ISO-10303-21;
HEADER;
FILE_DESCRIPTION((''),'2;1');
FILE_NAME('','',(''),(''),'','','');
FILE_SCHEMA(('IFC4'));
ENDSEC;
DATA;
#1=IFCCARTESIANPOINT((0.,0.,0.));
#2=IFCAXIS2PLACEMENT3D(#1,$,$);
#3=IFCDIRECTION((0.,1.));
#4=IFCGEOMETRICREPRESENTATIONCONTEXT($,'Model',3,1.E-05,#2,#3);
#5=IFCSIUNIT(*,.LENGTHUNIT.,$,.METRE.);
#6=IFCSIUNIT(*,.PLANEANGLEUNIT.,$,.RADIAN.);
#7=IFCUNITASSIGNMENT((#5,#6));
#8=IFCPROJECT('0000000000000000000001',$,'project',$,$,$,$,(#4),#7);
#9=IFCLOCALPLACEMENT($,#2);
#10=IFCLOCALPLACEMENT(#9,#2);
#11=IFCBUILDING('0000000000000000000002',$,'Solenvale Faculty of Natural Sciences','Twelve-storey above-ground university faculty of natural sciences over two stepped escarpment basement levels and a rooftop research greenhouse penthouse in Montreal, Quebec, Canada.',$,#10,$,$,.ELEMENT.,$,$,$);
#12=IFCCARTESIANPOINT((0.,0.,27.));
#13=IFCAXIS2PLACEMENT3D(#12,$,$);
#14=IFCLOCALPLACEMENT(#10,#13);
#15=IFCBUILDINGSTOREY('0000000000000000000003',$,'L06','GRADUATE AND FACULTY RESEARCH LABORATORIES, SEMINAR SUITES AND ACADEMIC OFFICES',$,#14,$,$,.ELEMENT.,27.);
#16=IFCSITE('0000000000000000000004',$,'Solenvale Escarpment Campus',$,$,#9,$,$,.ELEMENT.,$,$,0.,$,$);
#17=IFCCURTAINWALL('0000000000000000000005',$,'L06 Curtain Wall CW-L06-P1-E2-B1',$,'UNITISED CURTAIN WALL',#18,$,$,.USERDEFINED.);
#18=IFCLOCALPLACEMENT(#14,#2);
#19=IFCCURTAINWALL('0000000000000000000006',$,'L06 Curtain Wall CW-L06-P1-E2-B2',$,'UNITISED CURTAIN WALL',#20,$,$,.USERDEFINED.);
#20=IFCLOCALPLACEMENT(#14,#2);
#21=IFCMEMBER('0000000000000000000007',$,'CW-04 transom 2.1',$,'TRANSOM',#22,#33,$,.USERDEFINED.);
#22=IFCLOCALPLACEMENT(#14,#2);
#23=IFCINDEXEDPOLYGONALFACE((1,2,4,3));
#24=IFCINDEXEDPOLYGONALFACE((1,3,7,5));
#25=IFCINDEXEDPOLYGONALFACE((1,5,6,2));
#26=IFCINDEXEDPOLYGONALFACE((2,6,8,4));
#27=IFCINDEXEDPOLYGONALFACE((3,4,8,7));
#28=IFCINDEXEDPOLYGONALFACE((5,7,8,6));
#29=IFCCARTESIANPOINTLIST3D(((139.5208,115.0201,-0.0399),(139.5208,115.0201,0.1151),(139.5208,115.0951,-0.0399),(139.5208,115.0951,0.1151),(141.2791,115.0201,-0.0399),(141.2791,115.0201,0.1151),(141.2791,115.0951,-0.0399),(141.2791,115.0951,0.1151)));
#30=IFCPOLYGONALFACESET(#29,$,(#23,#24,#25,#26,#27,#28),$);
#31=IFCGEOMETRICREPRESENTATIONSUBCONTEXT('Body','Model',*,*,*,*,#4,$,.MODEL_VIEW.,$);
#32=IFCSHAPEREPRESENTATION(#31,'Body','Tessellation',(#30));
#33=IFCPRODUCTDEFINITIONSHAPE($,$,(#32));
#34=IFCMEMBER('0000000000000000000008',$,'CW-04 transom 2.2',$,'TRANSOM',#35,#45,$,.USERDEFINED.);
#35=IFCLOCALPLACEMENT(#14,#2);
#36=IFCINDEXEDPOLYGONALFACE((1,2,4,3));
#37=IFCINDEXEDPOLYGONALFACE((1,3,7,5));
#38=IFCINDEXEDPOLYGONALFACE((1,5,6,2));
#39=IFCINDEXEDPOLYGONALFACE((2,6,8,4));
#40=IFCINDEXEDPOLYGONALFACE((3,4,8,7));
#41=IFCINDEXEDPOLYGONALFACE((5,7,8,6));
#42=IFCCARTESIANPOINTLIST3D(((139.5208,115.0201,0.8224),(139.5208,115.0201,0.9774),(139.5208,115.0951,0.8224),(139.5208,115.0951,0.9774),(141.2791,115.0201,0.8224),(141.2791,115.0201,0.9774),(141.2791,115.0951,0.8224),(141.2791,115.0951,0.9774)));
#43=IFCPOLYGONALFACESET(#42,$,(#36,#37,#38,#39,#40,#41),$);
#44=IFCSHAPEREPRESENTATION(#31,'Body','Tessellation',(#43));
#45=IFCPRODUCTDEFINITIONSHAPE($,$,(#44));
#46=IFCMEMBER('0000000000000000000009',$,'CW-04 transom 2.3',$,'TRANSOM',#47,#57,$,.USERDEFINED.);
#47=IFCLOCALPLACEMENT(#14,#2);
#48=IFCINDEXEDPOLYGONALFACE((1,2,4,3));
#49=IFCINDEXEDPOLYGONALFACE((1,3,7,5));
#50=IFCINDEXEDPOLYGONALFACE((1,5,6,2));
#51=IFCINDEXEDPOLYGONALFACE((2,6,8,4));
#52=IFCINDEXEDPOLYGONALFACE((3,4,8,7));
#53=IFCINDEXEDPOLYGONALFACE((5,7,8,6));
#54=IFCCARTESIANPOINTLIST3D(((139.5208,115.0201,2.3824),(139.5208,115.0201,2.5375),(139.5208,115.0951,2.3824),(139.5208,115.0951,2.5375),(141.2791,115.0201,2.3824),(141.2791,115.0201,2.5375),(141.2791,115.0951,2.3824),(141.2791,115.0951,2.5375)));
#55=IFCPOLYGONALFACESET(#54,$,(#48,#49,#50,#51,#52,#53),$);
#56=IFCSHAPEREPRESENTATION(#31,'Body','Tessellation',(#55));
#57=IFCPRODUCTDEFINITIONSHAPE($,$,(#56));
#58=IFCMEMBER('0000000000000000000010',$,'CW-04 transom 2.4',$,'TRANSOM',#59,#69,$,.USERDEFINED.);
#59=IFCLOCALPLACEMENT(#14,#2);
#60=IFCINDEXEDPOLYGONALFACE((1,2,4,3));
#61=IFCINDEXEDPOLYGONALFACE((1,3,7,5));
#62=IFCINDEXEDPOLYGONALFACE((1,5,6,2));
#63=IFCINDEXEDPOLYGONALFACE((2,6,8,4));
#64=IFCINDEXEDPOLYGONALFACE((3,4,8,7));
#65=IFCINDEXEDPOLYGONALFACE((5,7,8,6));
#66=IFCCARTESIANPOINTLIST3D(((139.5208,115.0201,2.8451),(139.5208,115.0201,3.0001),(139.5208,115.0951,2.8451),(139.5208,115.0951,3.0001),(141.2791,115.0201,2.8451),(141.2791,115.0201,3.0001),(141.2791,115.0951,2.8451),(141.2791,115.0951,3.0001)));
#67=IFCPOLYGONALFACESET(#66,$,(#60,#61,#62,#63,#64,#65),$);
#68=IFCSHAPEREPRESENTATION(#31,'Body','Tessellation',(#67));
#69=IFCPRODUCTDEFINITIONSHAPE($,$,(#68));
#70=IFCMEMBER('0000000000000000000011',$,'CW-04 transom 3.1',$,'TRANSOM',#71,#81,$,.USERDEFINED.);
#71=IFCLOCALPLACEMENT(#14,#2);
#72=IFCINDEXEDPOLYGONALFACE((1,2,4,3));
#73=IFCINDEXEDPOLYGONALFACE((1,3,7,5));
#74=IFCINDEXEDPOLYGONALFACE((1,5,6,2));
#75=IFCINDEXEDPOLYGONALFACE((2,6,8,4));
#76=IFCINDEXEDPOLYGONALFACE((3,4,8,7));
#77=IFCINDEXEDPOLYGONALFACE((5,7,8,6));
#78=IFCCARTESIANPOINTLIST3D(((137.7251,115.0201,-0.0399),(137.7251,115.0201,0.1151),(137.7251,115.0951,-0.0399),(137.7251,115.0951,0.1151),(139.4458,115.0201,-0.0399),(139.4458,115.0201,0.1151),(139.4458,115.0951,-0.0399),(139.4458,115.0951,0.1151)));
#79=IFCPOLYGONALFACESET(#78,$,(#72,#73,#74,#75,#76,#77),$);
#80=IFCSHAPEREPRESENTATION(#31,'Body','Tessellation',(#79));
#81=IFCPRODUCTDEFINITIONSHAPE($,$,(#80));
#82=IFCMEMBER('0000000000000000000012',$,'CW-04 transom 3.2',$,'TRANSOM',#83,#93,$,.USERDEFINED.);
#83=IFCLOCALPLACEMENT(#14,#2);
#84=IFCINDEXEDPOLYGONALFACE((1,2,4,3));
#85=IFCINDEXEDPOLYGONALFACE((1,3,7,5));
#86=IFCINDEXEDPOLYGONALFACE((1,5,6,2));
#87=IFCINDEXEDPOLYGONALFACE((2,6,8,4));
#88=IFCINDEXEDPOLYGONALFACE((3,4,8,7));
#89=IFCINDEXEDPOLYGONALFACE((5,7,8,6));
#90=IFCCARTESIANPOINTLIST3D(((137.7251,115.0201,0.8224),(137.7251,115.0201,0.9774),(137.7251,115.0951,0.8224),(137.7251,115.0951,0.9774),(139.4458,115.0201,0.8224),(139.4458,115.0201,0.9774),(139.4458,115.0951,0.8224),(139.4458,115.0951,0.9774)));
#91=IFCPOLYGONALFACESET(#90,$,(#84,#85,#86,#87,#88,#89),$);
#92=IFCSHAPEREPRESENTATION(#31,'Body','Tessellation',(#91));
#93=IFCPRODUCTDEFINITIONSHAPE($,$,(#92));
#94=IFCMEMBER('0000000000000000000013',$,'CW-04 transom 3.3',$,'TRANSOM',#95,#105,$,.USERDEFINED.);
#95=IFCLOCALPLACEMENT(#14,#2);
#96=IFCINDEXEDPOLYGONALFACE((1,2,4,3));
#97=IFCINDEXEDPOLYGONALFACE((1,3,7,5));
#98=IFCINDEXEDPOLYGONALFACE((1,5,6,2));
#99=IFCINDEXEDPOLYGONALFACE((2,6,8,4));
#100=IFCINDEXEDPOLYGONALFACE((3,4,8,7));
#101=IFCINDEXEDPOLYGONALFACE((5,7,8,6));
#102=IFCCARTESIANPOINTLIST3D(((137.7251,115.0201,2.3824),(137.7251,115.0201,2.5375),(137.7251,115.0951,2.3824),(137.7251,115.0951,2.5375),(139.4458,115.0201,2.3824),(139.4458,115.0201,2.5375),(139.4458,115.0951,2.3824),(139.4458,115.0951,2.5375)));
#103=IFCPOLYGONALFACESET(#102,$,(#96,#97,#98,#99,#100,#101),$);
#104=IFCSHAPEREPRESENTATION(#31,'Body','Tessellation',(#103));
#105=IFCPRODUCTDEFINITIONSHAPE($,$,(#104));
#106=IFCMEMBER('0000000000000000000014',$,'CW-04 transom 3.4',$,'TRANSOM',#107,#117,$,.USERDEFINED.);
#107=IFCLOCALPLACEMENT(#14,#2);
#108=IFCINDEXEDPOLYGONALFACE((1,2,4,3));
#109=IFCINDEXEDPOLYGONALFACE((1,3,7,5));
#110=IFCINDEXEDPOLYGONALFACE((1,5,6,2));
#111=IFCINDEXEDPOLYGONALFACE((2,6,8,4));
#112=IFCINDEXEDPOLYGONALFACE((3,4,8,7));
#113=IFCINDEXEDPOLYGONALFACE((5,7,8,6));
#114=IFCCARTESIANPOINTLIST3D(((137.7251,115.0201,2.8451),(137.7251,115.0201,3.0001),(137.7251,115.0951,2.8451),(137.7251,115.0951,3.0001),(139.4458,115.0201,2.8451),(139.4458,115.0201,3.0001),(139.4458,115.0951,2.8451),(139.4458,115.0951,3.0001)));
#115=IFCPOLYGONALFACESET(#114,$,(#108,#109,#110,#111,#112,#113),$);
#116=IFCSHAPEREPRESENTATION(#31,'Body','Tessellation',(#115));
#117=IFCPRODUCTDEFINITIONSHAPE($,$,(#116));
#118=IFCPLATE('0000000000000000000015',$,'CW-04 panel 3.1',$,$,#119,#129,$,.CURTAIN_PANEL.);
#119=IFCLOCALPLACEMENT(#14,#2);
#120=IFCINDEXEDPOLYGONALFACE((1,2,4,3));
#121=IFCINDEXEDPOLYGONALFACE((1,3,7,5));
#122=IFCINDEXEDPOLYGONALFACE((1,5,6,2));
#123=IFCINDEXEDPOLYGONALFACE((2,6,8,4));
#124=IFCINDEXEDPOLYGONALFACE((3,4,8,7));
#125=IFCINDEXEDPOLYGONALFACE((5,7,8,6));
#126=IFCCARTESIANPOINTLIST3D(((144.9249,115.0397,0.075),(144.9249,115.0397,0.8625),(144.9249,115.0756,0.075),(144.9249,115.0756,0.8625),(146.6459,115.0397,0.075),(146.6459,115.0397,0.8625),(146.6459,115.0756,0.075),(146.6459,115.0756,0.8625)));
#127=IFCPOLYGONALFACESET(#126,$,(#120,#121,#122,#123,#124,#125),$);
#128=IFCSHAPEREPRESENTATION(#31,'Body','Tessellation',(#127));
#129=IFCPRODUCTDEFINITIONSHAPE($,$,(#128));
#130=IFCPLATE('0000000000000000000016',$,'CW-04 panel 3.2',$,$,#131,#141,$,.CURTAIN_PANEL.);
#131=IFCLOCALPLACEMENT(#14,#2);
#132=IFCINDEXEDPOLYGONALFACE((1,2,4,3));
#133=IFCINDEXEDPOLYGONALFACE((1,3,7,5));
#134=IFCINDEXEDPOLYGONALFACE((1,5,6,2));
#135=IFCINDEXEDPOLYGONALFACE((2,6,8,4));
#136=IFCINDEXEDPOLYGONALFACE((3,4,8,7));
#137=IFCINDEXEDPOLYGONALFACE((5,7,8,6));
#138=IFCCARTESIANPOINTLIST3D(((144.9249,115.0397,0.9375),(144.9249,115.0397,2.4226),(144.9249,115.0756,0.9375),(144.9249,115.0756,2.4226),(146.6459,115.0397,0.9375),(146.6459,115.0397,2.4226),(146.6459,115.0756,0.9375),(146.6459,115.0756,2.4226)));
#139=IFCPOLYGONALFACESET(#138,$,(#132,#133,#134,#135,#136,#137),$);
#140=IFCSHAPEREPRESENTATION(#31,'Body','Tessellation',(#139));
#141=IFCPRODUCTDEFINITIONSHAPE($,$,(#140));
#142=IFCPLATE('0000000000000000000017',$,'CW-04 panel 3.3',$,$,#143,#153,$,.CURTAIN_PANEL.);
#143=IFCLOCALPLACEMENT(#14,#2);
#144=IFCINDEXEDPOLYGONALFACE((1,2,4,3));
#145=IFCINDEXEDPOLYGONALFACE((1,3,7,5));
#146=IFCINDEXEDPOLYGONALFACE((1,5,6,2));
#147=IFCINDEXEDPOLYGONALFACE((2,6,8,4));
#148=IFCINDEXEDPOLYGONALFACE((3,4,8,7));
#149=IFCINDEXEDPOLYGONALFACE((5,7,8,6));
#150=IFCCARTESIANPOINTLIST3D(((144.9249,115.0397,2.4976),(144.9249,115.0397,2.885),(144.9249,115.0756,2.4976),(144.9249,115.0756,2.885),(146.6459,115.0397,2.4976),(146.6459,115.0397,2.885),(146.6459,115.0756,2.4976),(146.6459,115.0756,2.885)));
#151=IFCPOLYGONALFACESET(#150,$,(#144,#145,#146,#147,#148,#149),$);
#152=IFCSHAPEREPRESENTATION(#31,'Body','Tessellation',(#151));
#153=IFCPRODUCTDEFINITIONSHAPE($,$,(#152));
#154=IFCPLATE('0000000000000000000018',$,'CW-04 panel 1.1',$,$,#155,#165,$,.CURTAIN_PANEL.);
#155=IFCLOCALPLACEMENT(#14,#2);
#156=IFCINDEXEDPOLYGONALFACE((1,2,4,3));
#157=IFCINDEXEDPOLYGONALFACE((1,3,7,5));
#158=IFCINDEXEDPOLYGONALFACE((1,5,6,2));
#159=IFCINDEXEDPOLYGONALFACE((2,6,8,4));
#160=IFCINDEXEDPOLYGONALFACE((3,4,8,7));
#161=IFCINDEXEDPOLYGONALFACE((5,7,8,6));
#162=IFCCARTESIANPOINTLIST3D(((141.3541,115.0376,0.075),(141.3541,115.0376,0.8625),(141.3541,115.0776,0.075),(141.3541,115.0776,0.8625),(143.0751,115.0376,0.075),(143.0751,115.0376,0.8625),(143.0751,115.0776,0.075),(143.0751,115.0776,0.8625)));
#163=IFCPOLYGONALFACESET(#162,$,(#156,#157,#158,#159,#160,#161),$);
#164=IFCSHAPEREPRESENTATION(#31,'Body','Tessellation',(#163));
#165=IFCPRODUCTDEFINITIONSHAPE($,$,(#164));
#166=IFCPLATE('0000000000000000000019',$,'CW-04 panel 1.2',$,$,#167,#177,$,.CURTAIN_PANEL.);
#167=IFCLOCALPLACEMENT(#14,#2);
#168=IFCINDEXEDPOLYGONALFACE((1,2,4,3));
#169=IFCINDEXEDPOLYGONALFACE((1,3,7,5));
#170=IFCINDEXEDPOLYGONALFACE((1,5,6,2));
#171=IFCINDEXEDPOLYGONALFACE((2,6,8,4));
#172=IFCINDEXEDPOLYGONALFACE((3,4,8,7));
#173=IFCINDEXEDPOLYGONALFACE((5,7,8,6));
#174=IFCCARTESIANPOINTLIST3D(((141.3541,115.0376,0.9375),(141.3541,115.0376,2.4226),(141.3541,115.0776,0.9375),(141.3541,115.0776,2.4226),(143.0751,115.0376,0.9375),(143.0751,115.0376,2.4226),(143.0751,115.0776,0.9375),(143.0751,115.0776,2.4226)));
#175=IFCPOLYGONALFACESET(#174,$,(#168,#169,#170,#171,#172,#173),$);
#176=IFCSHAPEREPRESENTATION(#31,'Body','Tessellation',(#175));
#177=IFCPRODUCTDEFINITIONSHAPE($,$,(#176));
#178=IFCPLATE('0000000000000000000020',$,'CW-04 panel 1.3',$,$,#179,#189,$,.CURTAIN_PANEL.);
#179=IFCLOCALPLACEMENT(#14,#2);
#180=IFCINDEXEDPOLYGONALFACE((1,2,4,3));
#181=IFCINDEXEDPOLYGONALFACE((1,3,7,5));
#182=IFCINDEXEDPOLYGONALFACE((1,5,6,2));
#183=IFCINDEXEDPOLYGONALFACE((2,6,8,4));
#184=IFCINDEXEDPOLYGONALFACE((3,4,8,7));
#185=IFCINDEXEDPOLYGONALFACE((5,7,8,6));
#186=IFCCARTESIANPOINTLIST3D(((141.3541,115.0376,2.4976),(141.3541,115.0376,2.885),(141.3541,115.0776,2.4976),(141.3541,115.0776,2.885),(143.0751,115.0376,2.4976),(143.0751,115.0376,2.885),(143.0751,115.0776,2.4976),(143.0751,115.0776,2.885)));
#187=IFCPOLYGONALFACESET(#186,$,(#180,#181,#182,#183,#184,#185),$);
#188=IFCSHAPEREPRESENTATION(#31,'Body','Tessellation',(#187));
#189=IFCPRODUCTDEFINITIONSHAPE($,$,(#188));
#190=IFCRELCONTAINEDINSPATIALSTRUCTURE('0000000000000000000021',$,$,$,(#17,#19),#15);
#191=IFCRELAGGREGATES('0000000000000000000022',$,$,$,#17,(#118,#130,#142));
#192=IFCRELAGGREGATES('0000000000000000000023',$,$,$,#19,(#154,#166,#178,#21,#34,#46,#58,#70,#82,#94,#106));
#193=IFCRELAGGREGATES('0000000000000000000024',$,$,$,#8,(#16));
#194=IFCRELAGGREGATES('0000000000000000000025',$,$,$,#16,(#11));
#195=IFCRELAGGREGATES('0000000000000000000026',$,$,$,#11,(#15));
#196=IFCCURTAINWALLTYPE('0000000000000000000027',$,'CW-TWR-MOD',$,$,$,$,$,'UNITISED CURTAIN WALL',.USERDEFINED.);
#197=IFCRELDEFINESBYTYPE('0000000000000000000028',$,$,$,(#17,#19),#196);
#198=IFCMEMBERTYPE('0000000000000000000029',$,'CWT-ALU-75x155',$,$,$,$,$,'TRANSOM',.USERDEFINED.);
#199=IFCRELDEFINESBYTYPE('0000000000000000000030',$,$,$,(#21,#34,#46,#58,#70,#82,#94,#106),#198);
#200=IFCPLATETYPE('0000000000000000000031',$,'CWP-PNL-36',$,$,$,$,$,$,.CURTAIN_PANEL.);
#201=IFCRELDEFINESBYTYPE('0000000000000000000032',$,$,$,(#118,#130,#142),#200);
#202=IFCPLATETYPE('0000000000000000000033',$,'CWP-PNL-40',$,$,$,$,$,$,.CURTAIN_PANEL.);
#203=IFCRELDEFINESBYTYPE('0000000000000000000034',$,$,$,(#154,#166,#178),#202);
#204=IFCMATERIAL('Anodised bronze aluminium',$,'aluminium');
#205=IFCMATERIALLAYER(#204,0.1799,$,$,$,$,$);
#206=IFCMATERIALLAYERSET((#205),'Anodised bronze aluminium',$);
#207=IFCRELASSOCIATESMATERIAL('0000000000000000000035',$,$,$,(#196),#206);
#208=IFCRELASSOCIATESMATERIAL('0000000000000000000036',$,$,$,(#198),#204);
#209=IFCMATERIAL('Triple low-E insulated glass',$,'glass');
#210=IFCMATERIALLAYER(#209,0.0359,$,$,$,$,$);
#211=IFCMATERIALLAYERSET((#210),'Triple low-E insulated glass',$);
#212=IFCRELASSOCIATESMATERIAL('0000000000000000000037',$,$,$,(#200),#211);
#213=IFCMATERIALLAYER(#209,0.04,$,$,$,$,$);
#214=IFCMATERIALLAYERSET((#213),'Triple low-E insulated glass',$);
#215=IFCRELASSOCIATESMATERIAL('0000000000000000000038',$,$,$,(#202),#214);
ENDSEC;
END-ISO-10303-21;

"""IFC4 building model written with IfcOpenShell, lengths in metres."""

from ifc_helpers import new_model, si_unit, direction, frame, origin, origin_2d, place, context, subcontext, project, spatial, rectangle, extrude, material, layer, layer_set, material_profile, profile_set, type_object, element, aggregate, save


model = new_model("IFC4")

# Units and contexts
model_context = context("Model", 3, precision=1e-05, world=origin(), true_north=direction((0.0, 1.0)))
body_context = subcontext(model_context, "Body", "Model", "MODEL_VIEW")
ifc_project = project(units=[si_unit("LENGTHUNIT", "METRE"), si_unit("PLANEANGLEUNIT", "RADIAN")], contexts=[model_context])

# Site, building, storey
site_placement = place(None, origin())
site = spatial("IfcSite", under=ifc_project, at=site_placement, Name="Solenvale Escarpment Campus", CompositionType="ELEMENT", RefElevation=0.0)
building_placement = place(site_placement, origin())
building = spatial("IfcBuilding", under=site, at=building_placement, Name="Solenvale Faculty of Natural Sciences", Description="Twelve-storey above-ground university faculty of natural sciences over two stepped escarpment basement levels and a rooftop research greenhouse penthouse in Montreal, Quebec, Canada.", CompositionType="ELEMENT")
storey_placement = place(building_placement, frame((0.0, 0.0, 27.0)))
storey = spatial("IfcBuildingStorey", under=building, at=storey_placement, Name="L06", Description="GRADUATE AND FACULTY RESEARCH LABORATORIES, SEMINAR SUITES AND ACADEMIC OFFICES", CompositionType="ELEMENT", Elevation=27.0)

# Curtain wall
ifc_material_1 = material(Name="Anodised bronze aluminium", Category="aluminium")
ifc_layer_1 = layer(ifc_material_1, 0.1799)
ifc_layer_set_1 = layer_set([ifc_layer_1], Name="Anodised bronze aluminium")
curtain_wall_type = type_object("IfcCurtainWallType", Name="CW-TWR-MOD", ElementType="UNITISED CURTAIN WALL", PredefinedType="USERDEFINED", material=ifc_layer_set_1)
curtain_wall_1_placement = place(storey_placement, origin())
curtain_wall_1 = element("IfcCurtainWall", 1, at=curtain_wall_1_placement, inside=storey, type_object=curtain_wall_type, Name="L06 Curtain Wall CW-L06-P1-E2-B1", ObjectType="UNITISED CURTAIN WALL", PredefinedType="USERDEFINED")

# Curtain wall, members
curtain_wall_2_placement = place(storey_placement, origin())
curtain_wall_2 = element("IfcCurtainWall", 2, at=curtain_wall_2_placement, inside=storey, type_object=curtain_wall_type, Name="L06 Curtain Wall CW-L06-P1-E2-B2", ObjectType="UNITISED CURTAIN WALL", PredefinedType="USERDEFINED")
ifc_material_profile_1 = material_profile(ifc_material_1, rectangle(XDim=0.075, YDim=0.155, at=origin_2d()), Name="ALU-TRN-75x155")
ifc_profile_set_1 = profile_set([ifc_material_profile_1], Name="Anodised bronze aluminium")
member_type_1 = type_object("IfcMemberType", Name="CWT-ALU-75x155", ElementType="TRANSOM", PredefinedType="USERDEFINED", material=ifc_profile_set_1)
member_1_placement = place(storey_placement, frame((141.2791, 115.0576, 0.0376), z_axis=(-1.0, 0.0, 0.0), x_axis=(0.0, -1.0, 0.0)))
member_1 = element("IfcMember", 3, at=member_1_placement, type_object=member_type_1, Name="CW-04 transom 2.1", ObjectType="TRANSOM", PredefinedType="USERDEFINED", context=body_context, shape_type="SweptSolid", body=[
    extrude(rectangle(XDim=0.075, YDim=0.155, at=origin_2d()), origin(), (0.0, 0.0, 1.0), 1.7583),
])
member_2_placement = place(storey_placement, frame((141.2791, 115.0576, 0.8999), z_axis=(-1.0, 0.0, 0.0), x_axis=(0.0, -1.0, 0.0)))
member_2 = element("IfcMember", 4, at=member_2_placement, type_object=member_type_1, Name="CW-04 transom 2.2", ObjectType="TRANSOM", PredefinedType="USERDEFINED", context=body_context, shape_type="SweptSolid", body=[
    extrude(rectangle(XDim=0.075, YDim=0.155, at=origin_2d()), origin(), (0.0, 0.0, 1.0), 1.7583),
])
member_3_placement = place(storey_placement, frame((141.2791, 115.0576, 2.46), z_axis=(-1.0, 0.0, 0.0), x_axis=(0.0, -1.0, 0.0)))
member_3 = element("IfcMember", 5, at=member_3_placement, type_object=member_type_1, Name="CW-04 transom 2.3", ObjectType="TRANSOM", PredefinedType="USERDEFINED", context=body_context, shape_type="SweptSolid", body=[
    extrude(rectangle(XDim=0.075, YDim=0.155, at=origin_2d()), origin(), (0.0, 0.0, 1.0), 1.7583),
])
member_4_placement = place(storey_placement, frame((141.2791, 115.0576, 2.9226), z_axis=(-1.0, 0.0, 0.0), x_axis=(0.0, -1.0, 0.0)))
member_4 = element("IfcMember", 6, at=member_4_placement, type_object=member_type_1, Name="CW-04 transom 2.4", ObjectType="TRANSOM", PredefinedType="USERDEFINED", context=body_context, shape_type="SweptSolid", body=[
    extrude(rectangle(XDim=0.075, YDim=0.155, at=origin_2d()), origin(), (0.0, 0.0, 1.0), 1.7583),
])
member_5_placement = place(storey_placement, frame((139.4458, 115.0576, 0.0376), z_axis=(-1.0, 0.0, 0.0), x_axis=(0.0, -1.0, 0.0)))
member_5 = element("IfcMember", 7, at=member_5_placement, type_object=member_type_1, Name="CW-04 transom 3.1", ObjectType="TRANSOM", PredefinedType="USERDEFINED", context=body_context, shape_type="SweptSolid", body=[
    extrude(rectangle(XDim=0.075, YDim=0.155, at=origin_2d()), origin(), (0.0, 0.0, 1.0), 1.7207),
])
member_6_placement = place(storey_placement, frame((139.4458, 115.0576, 0.8999), z_axis=(-1.0, 0.0, 0.0), x_axis=(0.0, -1.0, 0.0)))
member_6 = element("IfcMember", 8, at=member_6_placement, type_object=member_type_1, Name="CW-04 transom 3.2", ObjectType="TRANSOM", PredefinedType="USERDEFINED", context=body_context, shape_type="SweptSolid", body=[
    extrude(rectangle(XDim=0.075, YDim=0.155, at=origin_2d()), origin(), (0.0, 0.0, 1.0), 1.7207),
])
member_7_placement = place(storey_placement, frame((139.4458, 115.0576, 2.46), z_axis=(-1.0, 0.0, 0.0), x_axis=(0.0, -1.0, 0.0)))
member_7 = element("IfcMember", 9, at=member_7_placement, type_object=member_type_1, Name="CW-04 transom 3.3", ObjectType="TRANSOM", PredefinedType="USERDEFINED", context=body_context, shape_type="SweptSolid", body=[
    extrude(rectangle(XDim=0.075, YDim=0.155, at=origin_2d()), origin(), (0.0, 0.0, 1.0), 1.7207),
])
member_8_placement = place(storey_placement, frame((139.4458, 115.0576, 2.9226), z_axis=(-1.0, 0.0, 0.0), x_axis=(0.0, -1.0, 0.0)))
member_8 = element("IfcMember", 10, at=member_8_placement, type_object=member_type_1, Name="CW-04 transom 3.4", ObjectType="TRANSOM", PredefinedType="USERDEFINED", context=body_context, shape_type="SweptSolid", body=[
    extrude(rectangle(XDim=0.075, YDim=0.155, at=origin_2d()), origin(), (0.0, 0.0, 1.0), 1.7207),
])

# Plates
ifc_material_2 = material(Name="Triple low-E insulated glass", Category="glass")
ifc_layer_2 = layer(ifc_material_2, 0.0359)
ifc_layer_set_2 = layer_set([ifc_layer_2], Name="Triple low-E insulated glass")
plate_type_1 = type_object("IfcPlateType", Name="CWP-PNL-36", PredefinedType="CURTAIN_PANEL", material=ifc_layer_set_2)
plate_1_placement = place(storey_placement, frame((145.7854, 115.0576, 0.075), z_axis=(0.0, 0.0, 1.0), x_axis=(-1.0, 0.0, 0.0)))
plate_1 = element("IfcPlate", 11, at=plate_1_placement, type_object=plate_type_1, Name="CW-04 panel 3.1", PredefinedType="CURTAIN_PANEL", context=body_context, shape_type="SweptSolid", body=[
    extrude(rectangle(XDim=1.7209, YDim=0.0359, at=origin_2d()), origin(), (0.0, 0.0, 1.0), 0.7876),
])
plate_2_placement = place(storey_placement, frame((145.7854, 115.0576, 0.9375), z_axis=(0.0, 0.0, 1.0), x_axis=(-1.0, 0.0, 0.0)))
plate_2 = element("IfcPlate", 12, at=plate_2_placement, type_object=plate_type_1, Name="CW-04 panel 3.2", PredefinedType="CURTAIN_PANEL", context=body_context, shape_type="SweptSolid", body=[
    extrude(rectangle(XDim=1.7209, YDim=0.0359, at=origin_2d()), origin(), (0.0, 0.0, 1.0), 1.4851),
])
plate_3_placement = place(storey_placement, frame((145.7854, 115.0576, 2.4976), z_axis=(0.0, 0.0, 1.0), x_axis=(-1.0, 0.0, 0.0)))
plate_3 = element("IfcPlate", 13, at=plate_3_placement, type_object=plate_type_1, Name="CW-04 panel 3.3", PredefinedType="CURTAIN_PANEL", context=body_context, shape_type="SweptSolid", body=[
    extrude(rectangle(XDim=1.7209, YDim=0.0359, at=origin_2d()), origin(), (0.0, 0.0, 1.0), 0.3875),
])
aggregate(curtain_wall_1, [plate_1, plate_2, plate_3])
ifc_layer_3 = layer(ifc_material_2, 0.04)
ifc_layer_set_3 = layer_set([ifc_layer_3], Name="Triple low-E insulated glass")
plate_type_2 = type_object("IfcPlateType", Name="CWP-PNL-40", PredefinedType="CURTAIN_PANEL", material=ifc_layer_set_3)
plate_4_placement = place(storey_placement, frame((142.2146, 115.0576, 0.075), z_axis=(0.0, 0.0, 1.0), x_axis=(-1.0, 0.0, 0.0)))
plate_4 = element("IfcPlate", 14, at=plate_4_placement, type_object=plate_type_2, Name="CW-04 panel 1.1", PredefinedType="CURTAIN_PANEL", context=body_context, shape_type="SweptSolid", body=[
    extrude(rectangle(XDim=1.7209, YDim=0.04, at=origin_2d()), origin(), (0.0, 0.0, 1.0), 0.7876),
])
plate_5_placement = place(storey_placement, frame((142.2146, 115.0576, 0.9375), z_axis=(0.0, 0.0, 1.0), x_axis=(-1.0, 0.0, 0.0)))
plate_5 = element("IfcPlate", 15, at=plate_5_placement, type_object=plate_type_2, Name="CW-04 panel 1.2", PredefinedType="CURTAIN_PANEL", context=body_context, shape_type="SweptSolid", body=[
    extrude(rectangle(XDim=1.7209, YDim=0.04, at=origin_2d()), origin(), (0.0, 0.0, 1.0), 1.4851),
])
plate_6_placement = place(storey_placement, frame((142.2146, 115.0576, 2.4976), z_axis=(0.0, 0.0, 1.0), x_axis=(-1.0, 0.0, 0.0)))
plate_6 = element("IfcPlate", 16, at=plate_6_placement, type_object=plate_type_2, Name="CW-04 panel 1.3", PredefinedType="CURTAIN_PANEL", context=body_context, shape_type="SweptSolid", body=[
    extrude(rectangle(XDim=1.7209, YDim=0.04, at=origin_2d()), origin(), (0.0, 0.0, 1.0), 0.3875),
])
aggregate(curtain_wall_2, [plate_4, plate_5, plate_6, member_1, member_2, member_3, member_4, member_5, member_6, member_7, member_8])

save(model, "model.ifc")
